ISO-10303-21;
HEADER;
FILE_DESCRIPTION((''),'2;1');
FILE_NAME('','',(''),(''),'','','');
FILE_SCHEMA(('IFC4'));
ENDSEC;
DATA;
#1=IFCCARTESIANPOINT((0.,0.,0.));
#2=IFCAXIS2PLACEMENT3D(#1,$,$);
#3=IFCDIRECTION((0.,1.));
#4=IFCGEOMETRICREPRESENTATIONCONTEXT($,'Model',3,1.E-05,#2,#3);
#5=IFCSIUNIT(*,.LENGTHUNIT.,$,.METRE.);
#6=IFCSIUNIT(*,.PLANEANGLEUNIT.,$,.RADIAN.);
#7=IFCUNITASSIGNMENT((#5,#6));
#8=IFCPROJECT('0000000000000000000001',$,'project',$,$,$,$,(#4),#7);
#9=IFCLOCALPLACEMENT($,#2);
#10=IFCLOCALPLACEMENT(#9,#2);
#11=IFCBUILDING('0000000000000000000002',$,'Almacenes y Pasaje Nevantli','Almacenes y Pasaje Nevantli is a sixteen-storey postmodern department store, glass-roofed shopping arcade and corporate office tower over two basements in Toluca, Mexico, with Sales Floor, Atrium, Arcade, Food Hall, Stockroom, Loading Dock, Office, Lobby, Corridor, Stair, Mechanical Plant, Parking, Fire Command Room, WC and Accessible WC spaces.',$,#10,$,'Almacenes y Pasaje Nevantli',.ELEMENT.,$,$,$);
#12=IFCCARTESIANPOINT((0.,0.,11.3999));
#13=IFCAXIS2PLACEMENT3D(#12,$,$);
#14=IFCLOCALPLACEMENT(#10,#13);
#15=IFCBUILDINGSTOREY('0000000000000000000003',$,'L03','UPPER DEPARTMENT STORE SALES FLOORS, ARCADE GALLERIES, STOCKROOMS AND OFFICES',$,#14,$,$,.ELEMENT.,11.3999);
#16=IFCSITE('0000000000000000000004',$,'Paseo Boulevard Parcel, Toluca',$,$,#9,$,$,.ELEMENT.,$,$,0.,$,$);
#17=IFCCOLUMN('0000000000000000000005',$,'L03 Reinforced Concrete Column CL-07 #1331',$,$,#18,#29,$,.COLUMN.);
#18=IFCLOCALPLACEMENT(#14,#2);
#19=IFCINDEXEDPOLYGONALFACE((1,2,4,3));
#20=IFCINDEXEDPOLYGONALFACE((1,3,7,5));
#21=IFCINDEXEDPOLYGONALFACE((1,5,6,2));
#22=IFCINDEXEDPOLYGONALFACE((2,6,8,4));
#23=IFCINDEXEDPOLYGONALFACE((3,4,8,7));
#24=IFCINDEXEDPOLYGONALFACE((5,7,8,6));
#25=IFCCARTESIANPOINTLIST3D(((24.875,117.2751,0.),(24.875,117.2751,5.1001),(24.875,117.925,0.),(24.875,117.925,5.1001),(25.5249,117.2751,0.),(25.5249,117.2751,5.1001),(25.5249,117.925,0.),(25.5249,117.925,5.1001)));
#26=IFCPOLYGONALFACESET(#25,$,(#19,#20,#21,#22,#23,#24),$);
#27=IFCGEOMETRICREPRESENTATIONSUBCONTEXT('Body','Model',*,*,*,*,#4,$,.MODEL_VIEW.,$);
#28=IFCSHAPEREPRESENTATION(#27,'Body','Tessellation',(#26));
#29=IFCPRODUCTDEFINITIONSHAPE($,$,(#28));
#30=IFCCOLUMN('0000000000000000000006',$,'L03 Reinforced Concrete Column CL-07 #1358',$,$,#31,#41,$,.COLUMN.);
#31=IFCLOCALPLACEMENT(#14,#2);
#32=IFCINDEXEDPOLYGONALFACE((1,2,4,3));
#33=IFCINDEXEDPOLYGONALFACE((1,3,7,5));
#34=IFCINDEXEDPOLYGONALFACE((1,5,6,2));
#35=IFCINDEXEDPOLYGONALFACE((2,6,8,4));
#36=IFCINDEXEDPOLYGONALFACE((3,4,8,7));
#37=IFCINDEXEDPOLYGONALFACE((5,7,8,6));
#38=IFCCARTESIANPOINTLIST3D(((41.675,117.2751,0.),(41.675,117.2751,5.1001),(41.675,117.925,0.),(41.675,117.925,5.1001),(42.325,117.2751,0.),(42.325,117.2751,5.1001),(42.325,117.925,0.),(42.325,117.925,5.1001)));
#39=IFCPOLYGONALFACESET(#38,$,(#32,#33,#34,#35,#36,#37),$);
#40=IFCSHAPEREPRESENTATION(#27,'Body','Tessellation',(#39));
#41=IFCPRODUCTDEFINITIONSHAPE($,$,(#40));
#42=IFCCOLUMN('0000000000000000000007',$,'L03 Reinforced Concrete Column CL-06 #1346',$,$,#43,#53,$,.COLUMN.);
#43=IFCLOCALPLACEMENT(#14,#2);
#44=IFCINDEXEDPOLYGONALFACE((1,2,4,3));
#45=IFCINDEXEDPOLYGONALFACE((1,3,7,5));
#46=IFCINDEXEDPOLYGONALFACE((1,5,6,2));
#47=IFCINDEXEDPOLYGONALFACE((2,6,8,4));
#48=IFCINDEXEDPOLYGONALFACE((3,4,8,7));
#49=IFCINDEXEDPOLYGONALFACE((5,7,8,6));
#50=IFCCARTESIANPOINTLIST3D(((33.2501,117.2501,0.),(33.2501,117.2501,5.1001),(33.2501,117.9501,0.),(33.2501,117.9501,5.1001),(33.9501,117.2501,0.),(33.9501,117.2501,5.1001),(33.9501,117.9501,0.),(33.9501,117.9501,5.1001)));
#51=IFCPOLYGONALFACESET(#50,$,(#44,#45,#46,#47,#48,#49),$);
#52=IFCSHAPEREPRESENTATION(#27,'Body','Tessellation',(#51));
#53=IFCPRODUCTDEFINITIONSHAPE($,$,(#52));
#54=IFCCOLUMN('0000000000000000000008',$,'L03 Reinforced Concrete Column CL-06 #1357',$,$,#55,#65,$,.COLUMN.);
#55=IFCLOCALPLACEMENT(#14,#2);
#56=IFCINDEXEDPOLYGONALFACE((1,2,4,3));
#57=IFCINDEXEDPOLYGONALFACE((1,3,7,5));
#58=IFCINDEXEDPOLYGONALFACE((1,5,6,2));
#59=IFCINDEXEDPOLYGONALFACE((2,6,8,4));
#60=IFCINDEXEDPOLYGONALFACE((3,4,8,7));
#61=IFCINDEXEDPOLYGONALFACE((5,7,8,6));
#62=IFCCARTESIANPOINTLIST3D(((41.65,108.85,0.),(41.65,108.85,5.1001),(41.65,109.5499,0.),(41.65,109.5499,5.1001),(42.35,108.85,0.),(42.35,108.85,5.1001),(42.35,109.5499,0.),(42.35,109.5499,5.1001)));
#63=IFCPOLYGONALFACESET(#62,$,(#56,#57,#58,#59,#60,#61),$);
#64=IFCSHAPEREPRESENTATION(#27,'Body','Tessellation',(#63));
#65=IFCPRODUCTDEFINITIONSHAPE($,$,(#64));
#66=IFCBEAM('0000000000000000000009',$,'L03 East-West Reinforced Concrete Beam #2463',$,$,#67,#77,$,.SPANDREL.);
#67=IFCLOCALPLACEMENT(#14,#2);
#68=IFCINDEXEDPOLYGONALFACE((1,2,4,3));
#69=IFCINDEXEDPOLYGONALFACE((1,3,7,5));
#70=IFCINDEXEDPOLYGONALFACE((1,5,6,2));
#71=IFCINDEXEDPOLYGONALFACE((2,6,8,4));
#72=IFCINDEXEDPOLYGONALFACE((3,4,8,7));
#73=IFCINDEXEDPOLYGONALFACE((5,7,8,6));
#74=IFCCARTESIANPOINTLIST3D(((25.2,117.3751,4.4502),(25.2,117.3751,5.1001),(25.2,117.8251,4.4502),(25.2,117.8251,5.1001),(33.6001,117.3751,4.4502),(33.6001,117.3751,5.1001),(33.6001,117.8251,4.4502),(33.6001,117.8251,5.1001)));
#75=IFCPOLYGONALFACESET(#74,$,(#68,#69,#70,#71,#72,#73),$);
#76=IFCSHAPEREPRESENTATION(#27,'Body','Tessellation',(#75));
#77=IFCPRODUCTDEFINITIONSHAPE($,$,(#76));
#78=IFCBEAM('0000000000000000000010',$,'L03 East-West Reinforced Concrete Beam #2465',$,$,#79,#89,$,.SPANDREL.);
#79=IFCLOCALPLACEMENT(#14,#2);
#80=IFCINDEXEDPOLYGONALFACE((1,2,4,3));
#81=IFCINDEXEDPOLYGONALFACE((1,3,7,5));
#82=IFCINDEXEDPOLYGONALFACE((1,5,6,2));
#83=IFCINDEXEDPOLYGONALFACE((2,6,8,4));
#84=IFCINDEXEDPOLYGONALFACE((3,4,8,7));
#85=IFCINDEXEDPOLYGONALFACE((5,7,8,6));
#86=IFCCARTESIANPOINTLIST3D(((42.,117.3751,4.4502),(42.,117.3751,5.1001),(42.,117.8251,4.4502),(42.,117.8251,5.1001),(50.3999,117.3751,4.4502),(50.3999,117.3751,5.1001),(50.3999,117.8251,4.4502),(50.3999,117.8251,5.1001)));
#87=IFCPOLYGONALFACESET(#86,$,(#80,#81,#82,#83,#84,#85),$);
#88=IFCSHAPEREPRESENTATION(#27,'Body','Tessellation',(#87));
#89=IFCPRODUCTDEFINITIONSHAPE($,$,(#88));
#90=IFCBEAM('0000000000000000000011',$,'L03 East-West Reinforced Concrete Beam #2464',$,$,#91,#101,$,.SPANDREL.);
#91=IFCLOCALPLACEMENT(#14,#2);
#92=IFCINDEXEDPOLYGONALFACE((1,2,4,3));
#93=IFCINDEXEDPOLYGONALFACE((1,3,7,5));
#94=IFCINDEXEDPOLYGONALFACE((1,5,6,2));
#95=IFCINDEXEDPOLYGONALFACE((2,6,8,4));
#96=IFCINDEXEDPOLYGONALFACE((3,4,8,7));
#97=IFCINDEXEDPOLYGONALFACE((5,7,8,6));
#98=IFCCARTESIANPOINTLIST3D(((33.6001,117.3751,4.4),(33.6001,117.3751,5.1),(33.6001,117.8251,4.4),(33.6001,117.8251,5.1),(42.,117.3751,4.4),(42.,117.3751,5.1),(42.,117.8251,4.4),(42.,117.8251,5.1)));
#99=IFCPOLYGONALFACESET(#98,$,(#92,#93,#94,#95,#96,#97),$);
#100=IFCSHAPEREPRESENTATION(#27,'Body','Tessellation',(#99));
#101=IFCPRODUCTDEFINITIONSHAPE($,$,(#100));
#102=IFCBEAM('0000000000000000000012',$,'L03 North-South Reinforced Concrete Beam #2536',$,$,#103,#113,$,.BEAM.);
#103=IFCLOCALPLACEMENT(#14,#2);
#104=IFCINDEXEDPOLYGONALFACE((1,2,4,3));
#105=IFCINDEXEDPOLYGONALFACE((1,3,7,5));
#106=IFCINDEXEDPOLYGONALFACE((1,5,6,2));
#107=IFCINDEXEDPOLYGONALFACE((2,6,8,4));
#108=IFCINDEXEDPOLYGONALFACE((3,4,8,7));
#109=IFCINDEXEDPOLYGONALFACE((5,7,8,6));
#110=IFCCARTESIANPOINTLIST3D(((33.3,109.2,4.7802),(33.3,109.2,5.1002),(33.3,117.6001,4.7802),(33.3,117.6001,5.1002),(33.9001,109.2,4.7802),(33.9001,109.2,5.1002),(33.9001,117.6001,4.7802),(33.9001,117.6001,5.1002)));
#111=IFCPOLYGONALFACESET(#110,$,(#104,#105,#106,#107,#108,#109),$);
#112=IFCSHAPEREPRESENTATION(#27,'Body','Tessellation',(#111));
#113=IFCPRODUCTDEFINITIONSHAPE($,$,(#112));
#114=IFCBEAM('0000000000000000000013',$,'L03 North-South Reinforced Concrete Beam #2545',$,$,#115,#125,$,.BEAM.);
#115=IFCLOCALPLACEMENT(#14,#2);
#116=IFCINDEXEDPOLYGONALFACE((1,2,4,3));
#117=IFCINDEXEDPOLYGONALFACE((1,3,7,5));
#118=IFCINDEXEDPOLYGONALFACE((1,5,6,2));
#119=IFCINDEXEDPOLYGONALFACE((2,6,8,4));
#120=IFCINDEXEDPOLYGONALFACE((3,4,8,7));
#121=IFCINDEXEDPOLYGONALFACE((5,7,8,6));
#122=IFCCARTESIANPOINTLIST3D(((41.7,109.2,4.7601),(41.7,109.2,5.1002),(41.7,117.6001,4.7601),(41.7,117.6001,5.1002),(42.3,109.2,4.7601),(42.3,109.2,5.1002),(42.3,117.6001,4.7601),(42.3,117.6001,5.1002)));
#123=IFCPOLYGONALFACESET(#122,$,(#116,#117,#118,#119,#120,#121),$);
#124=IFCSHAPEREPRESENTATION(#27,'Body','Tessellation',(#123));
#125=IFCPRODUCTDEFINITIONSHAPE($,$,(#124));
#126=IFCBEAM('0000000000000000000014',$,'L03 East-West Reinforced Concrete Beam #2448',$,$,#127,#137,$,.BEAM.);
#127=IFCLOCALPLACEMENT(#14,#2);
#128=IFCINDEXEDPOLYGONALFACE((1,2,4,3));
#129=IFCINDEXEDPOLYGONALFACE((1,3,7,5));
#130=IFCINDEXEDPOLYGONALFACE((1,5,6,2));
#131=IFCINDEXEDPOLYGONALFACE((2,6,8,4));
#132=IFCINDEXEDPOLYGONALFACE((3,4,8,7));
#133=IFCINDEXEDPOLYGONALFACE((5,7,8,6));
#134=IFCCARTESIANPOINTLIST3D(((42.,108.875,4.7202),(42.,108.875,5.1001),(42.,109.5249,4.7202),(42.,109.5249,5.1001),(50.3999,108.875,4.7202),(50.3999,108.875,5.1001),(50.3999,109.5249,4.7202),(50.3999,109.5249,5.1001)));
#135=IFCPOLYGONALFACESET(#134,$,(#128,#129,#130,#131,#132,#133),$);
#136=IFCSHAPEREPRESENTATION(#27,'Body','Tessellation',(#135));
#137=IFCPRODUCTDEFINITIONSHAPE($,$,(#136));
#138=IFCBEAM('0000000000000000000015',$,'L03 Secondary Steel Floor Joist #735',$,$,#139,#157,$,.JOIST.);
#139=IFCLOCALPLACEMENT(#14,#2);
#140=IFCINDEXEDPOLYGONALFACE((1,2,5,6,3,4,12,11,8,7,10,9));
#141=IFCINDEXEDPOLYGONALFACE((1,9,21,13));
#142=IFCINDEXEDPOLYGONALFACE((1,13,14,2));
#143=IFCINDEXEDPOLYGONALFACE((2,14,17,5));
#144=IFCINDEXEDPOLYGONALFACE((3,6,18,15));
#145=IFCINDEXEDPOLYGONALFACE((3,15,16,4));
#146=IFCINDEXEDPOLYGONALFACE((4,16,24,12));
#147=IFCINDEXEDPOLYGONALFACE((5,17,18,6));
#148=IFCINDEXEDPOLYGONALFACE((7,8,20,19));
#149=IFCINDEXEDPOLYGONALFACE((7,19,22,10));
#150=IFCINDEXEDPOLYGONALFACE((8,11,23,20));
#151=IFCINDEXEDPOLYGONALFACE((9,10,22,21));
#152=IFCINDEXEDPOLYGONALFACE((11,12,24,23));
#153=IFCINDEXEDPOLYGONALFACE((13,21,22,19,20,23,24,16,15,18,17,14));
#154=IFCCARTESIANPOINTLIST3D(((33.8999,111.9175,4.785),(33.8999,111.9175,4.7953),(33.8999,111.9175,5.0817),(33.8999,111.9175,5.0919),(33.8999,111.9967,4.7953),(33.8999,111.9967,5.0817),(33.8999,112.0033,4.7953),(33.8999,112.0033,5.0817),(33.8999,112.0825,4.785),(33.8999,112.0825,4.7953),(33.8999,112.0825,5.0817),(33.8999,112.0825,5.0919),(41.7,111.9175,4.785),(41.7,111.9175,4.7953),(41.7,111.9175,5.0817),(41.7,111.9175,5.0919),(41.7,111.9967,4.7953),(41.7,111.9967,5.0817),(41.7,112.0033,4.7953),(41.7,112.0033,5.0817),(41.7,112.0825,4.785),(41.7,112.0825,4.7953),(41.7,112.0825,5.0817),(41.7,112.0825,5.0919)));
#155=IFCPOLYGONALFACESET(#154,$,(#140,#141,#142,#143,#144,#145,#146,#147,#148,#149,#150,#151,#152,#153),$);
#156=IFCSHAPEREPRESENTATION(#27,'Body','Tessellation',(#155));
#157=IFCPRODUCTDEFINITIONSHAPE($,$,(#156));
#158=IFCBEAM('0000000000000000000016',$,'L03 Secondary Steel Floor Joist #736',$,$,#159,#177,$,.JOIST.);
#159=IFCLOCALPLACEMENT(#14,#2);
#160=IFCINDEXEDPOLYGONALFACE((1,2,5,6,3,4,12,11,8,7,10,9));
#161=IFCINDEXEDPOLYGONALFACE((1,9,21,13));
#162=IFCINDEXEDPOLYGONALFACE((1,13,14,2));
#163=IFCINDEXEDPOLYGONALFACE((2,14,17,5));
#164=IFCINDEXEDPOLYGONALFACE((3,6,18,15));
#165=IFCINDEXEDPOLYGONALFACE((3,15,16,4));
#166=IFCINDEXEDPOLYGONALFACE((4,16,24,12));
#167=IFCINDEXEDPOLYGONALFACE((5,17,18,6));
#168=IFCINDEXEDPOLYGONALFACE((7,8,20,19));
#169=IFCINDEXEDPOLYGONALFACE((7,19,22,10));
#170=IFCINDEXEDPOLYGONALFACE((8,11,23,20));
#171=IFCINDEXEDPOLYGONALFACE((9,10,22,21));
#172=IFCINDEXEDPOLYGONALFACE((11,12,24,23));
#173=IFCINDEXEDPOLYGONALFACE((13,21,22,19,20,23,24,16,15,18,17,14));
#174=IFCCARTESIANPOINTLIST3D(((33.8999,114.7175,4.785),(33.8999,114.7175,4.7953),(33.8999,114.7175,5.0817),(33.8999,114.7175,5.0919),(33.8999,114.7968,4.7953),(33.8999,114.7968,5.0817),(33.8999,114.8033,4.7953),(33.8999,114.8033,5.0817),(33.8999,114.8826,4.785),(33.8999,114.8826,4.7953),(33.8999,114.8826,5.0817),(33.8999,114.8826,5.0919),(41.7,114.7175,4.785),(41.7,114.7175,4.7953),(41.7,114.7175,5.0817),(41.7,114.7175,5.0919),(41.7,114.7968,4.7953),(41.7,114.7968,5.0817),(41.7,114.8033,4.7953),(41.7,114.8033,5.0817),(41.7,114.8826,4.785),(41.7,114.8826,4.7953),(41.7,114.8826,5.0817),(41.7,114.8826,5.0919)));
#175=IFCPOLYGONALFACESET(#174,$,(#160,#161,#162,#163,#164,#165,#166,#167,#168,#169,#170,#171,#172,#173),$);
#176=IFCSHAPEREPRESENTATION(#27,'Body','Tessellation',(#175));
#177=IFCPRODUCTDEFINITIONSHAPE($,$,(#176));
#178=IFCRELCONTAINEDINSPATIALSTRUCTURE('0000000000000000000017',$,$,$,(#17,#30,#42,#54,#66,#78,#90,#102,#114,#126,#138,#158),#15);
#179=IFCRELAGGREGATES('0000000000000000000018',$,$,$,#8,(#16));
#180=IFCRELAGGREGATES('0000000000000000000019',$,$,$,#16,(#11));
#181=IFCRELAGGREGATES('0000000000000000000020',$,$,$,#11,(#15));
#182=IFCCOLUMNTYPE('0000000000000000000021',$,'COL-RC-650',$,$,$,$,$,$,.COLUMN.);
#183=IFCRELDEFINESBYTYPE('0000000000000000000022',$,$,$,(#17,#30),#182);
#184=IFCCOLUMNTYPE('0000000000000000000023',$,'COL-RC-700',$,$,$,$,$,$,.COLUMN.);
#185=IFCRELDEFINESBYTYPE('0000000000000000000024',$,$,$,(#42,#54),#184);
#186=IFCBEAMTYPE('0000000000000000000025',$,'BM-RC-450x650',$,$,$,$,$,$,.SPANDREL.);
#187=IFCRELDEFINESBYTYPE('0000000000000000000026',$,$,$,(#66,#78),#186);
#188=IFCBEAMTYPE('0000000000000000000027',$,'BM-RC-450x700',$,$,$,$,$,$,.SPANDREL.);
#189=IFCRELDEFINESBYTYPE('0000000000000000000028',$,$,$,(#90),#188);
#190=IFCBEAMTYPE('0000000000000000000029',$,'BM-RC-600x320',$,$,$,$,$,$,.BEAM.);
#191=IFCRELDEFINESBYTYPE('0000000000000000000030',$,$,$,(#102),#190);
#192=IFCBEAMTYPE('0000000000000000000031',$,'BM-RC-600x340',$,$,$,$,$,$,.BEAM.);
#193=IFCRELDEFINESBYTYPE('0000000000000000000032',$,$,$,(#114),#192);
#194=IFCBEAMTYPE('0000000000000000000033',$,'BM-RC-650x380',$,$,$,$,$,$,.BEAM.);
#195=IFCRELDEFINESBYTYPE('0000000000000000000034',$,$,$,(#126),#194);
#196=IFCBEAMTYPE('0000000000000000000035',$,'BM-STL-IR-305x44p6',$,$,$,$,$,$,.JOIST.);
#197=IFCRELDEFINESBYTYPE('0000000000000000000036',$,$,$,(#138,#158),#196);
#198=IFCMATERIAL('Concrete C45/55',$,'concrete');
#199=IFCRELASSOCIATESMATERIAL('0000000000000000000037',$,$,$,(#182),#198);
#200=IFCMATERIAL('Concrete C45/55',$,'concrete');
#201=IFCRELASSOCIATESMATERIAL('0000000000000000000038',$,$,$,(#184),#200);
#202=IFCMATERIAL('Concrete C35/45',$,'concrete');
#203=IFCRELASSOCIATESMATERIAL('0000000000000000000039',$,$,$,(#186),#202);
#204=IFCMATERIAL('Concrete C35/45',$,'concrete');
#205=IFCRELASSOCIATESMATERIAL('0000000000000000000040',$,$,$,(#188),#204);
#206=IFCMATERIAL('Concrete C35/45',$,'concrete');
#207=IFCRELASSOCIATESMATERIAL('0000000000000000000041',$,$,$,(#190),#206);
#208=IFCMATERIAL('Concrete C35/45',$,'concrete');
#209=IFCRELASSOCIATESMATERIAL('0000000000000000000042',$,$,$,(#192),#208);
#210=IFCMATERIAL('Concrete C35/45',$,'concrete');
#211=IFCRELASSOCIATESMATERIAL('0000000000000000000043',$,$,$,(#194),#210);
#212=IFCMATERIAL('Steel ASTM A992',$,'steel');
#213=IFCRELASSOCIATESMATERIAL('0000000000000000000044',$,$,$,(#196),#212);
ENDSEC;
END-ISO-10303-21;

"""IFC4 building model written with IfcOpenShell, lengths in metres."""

from ifc_helpers import new_model, si_unit, direction, frame, origin, origin_2d, place, context, subcontext, project, spatial, rectangle, i_section, extrude, material, material_profile, profile_set, type_object, element, save


model = new_model("IFC4")

# Units and contexts
model_context = context("Model", 3, precision=1e-05, world=origin(), true_north=direction((0.0, 1.0)))
body_context = subcontext(model_context, "Body", "Model", "MODEL_VIEW")
ifc_project = project(units=[si_unit("LENGTHUNIT", "METRE"), si_unit("PLANEANGLEUNIT", "RADIAN")], contexts=[model_context])

# Site, building, storey
site_placement = place(None, origin())
site = spatial("IfcSite", under=ifc_project, at=site_placement, Name="Paseo Boulevard Parcel, Toluca", CompositionType="ELEMENT", RefElevation=0.0)
building_placement = place(site_placement, origin())
building = spatial("IfcBuilding", under=site, at=building_placement, Name="Almacenes y Pasaje Nevantli", Description="Almacenes y Pasaje Nevantli is a sixteen-storey postmodern department store, glass-roofed shopping arcade and corporate office tower over two basements in Toluca, Mexico, with Sales Floor, Atrium, Arcade, Food Hall, Stockroom, Loading Dock, Office, Lobby, Corridor, Stair, Mechanical Plant, Parking, Fire Command Room, WC and Accessible WC spaces.", LongName="Almacenes y Pasaje Nevantli", CompositionType="ELEMENT")
storey_placement = place(building_placement, frame((0.0, 0.0, 11.3999)))
storey = spatial("IfcBuildingStorey", under=building, at=storey_placement, Name="L03", Description="UPPER DEPARTMENT STORE SALES FLOORS, ARCADE GALLERIES, STOCKROOMS AND OFFICES", CompositionType="ELEMENT", Elevation=11.3999)

# Columns
ifc_material_1 = material(Name="Concrete C45/55", Category="concrete")
ifc_material_profile_1 = material_profile(ifc_material_1, rectangle(XDim=0.6499, YDim=0.6499, at=origin_2d()), Name="RC-COL-650x650")
ifc_profile_set_1 = profile_set([ifc_material_profile_1], Name="Concrete C45/55")
column_type_1 = type_object("IfcColumnType", Name="COL-RC-650", PredefinedType="COLUMN", material=ifc_profile_set_1)
for number, where, z_axis, x_axis, name in (
    (1, (25.2, 117.6001, 0.0), (0.0, 0.0, 1.0), (1.0, 0.0, 0.0), "L03 Reinforced Concrete Column CL-07 #1331"),
    (2, (42.0, 117.6001, 0.0), (0.0, 0.0, 1.0), (1.0, 0.0, 0.0), "L03 Reinforced Concrete Column CL-07 #1358"),
):
    element("IfcColumn", number, at=place(storey_placement, frame(where, z_axis=z_axis, x_axis=x_axis)), inside=storey, type_object=column_type_1, Name=name, PredefinedType="COLUMN", context=body_context, shape_type="SweptSolid", body=[
        extrude(rectangle(XDim=0.6499, YDim=0.6499, at=origin_2d()), origin(), (0.0, 0.0, 1.0), 5.1001),
    ])
ifc_material_2 = material(Name="Concrete C45/55", Category="concrete")
ifc_material_profile_2 = material_profile(ifc_material_2, rectangle(XDim=0.7, YDim=0.7, at=origin_2d()), Name="RC-COL-700x700")
ifc_profile_set_2 = profile_set([ifc_material_profile_2], Name="Concrete C45/55")
column_type_2 = type_object("IfcColumnType", Name="COL-RC-700", PredefinedType="COLUMN", material=ifc_profile_set_2)
for number, where, z_axis, x_axis, name in (
    (3, (33.6001, 117.6001, 0.0), (0.0, 0.0, 1.0), (1.0, 0.0, 0.0), "L03 Reinforced Concrete Column CL-06 #1346"),
    (4, (42.0, 109.2, 0.0), (0.0, 0.0, 1.0), (1.0, 0.0, 0.0), "L03 Reinforced Concrete Column CL-06 #1357"),
):
    element("IfcColumn", number, at=place(storey_placement, frame(where, z_axis=z_axis, x_axis=x_axis)), inside=storey, type_object=column_type_2, Name=name, PredefinedType="COLUMN", context=body_context, shape_type="SweptSolid", body=[
        extrude(rectangle(XDim=0.7, YDim=0.7, at=origin_2d()), origin(), (0.0, 0.0, 1.0), 5.1001),
    ])

# Beams
ifc_material_3 = material(Name="Concrete C35/45", Category="concrete")
ifc_material_profile_3 = material_profile(ifc_material_3, rectangle(XDim=0.45, YDim=0.6499, at=origin_2d()), Name="RC-BM-450x650")
ifc_profile_set_3 = profile_set([ifc_material_profile_3], Name="Concrete C35/45")
beam_type_1 = type_object("IfcBeamType", Name="BM-RC-450x650", PredefinedType="SPANDREL", material=ifc_profile_set_3)
beam_1_placement = place(storey_placement, frame((25.2, 117.6001, 4.7751), z_axis=(1.0, 0.0, 0.0), x_axis=(0.0, 1.0, 0.0)))
element("IfcBeam", 5, at=beam_1_placement, inside=storey, type_object=beam_type_1, Name="L03 East-West Reinforced Concrete Beam #2463", PredefinedType="SPANDREL", context=body_context, shape_type="SweptSolid", body=[
    extrude(rectangle(XDim=0.45, YDim=0.6499, at=origin_2d()), origin(), (0.0, 0.0, 1.0), 8.4001),
])
beam_2_placement = place(storey_placement, frame((42.0, 117.6001, 4.7751), z_axis=(1.0, 0.0, 0.0), x_axis=(0.0, 1.0, 0.0)))
element("IfcBeam", 6, at=beam_2_placement, inside=storey, type_object=beam_type_1, Name="L03 East-West Reinforced Concrete Beam #2465", PredefinedType="SPANDREL", context=body_context, shape_type="SweptSolid", body=[
    extrude(rectangle(XDim=0.45, YDim=0.6499, at=origin_2d()), origin(), (0.0, 0.0, 1.0), 8.3999),
])
ifc_material_4 = material(Name="Concrete C35/45", Category="concrete")
ifc_material_profile_4 = material_profile(ifc_material_4, rectangle(XDim=0.45, YDim=0.7, at=origin_2d()), Name="RC-BM-450x700")
ifc_profile_set_4 = profile_set([ifc_material_profile_4], Name="Concrete C35/45")
beam_type_2 = type_object("IfcBeamType", Name="BM-RC-450x700", PredefinedType="SPANDREL", material=ifc_profile_set_4)
beam_3_placement = place(storey_placement, frame((33.6001, 117.6001, 4.75), z_axis=(1.0, 0.0, 0.0), x_axis=(0.0, 1.0, 0.0)))
element("IfcBeam", 7, at=beam_3_placement, inside=storey, type_object=beam_type_2, Name="L03 East-West Reinforced Concrete Beam #2464", PredefinedType="SPANDREL", context=body_context, shape_type="SweptSolid", body=[
    extrude(rectangle(XDim=0.45, YDim=0.7, at=origin_2d()), origin(), (0.0, 0.0, 1.0), 8.3999),
])
ifc_material_5 = material(Name="Concrete C35/45", Category="concrete")
ifc_material_profile_5 = material_profile(ifc_material_5, rectangle(XDim=0.6001, YDim=0.3201, at=origin_2d()), Name="RC-BM-600x320")
ifc_profile_set_5 = profile_set([ifc_material_profile_5], Name="Concrete C35/45")
beam_type_3 = type_object("IfcBeamType", Name="BM-RC-600x320", PredefinedType="BEAM", material=ifc_profile_set_5)
beam_4_placement = place(storey_placement, frame((33.6001, 109.2, 4.9402), z_axis=(0.0, 1.0, 0.0), x_axis=(-1.0, 0.0, 0.0)))
element("IfcBeam", 8, at=beam_4_placement, inside=storey, type_object=beam_type_3, Name="L03 North-South Reinforced Concrete Beam #2536", PredefinedType="BEAM", context=body_context, shape_type="SweptSolid", body=[
    extrude(rectangle(XDim=0.6001, YDim=0.3201, at=origin_2d()), origin(), (0.0, 0.0, 1.0), 8.4001),
])
ifc_material_6 = material(Name="Concrete C35/45", Category="concrete")
ifc_material_profile_6 = material_profile(ifc_material_6, rectangle(XDim=0.6001, YDim=0.3401, at=origin_2d()), Name="RC-BM-600x340")
ifc_profile_set_6 = profile_set([ifc_material_profile_6], Name="Concrete C35/45")
beam_type_4 = type_object("IfcBeamType", Name="BM-RC-600x340", PredefinedType="BEAM", material=ifc_profile_set_6)
beam_5_placement = place(storey_placement, frame((42.0, 109.2, 4.9302), z_axis=(0.0, 1.0, 0.0), x_axis=(-1.0, 0.0, 0.0)))
element("IfcBeam", 9, at=beam_5_placement, inside=storey, type_object=beam_type_4, Name="L03 North-South Reinforced Concrete Beam #2545", PredefinedType="BEAM", context=body_context, shape_type="SweptSolid", body=[
    extrude(rectangle(XDim=0.6001, YDim=0.3401, at=origin_2d()), origin(), (0.0, 0.0, 1.0), 8.4001),
])
ifc_material_7 = material(Name="Concrete C35/45", Category="concrete")
ifc_material_profile_7 = material_profile(ifc_material_7, rectangle(XDim=0.6499, YDim=0.3799, at=origin_2d()), Name="RC-BM-650x380")
ifc_profile_set_7 = profile_set([ifc_material_profile_7], Name="Concrete C35/45")
beam_type_5 = type_object("IfcBeamType", Name="BM-RC-650x380", PredefinedType="BEAM", material=ifc_profile_set_7)
beam_6_placement = place(storey_placement, frame((42.0, 109.2, 4.9102), z_axis=(1.0, 0.0, 0.0), x_axis=(0.0, 1.0, 0.0)))
element("IfcBeam", 10, at=beam_6_placement, inside=storey, type_object=beam_type_5, Name="L03 East-West Reinforced Concrete Beam #2448", PredefinedType="BEAM", context=body_context, shape_type="SweptSolid", body=[
    extrude(rectangle(XDim=0.6499, YDim=0.3799, at=origin_2d()), origin(), (0.0, 0.0, 1.0), 8.3999),
])
ifc_material_8 = material(Name="Steel ASTM A992", Category="steel")
ifc_material_profile_8 = material_profile(ifc_material_8, i_section(OverallWidth=0.165, OverallDepth=0.3069, WebThickness=0.0066, FlangeThickness=0.0103, at=origin_2d()), Name="IR 305x44.6")
ifc_profile_set_8 = profile_set([ifc_material_profile_8], Name="Steel ASTM A992")
beam_type_6 = type_object("IfcBeamType", Name="BM-STL-IR-305x44p6", PredefinedType="JOIST", material=ifc_profile_set_8)
for number, where, z_axis, x_axis, name in (
    (11, (33.8999, 112.0, 4.9385), (1.0, 0.0, 0.0), (0.0, 1.0, 0.0), "L03 Secondary Steel Floor Joist #735"),
    (12, (33.8999, 114.8, 4.9385), (1.0, 0.0, 0.0), (0.0, 1.0, 0.0), "L03 Secondary Steel Floor Joist #736"),
):
    element("IfcBeam", number, at=place(storey_placement, frame(where, z_axis=z_axis, x_axis=x_axis)), inside=storey, type_object=beam_type_6, Name=name, PredefinedType="JOIST", context=body_context, shape_type="SweptSolid", body=[
        extrude(i_section(OverallWidth=0.165, OverallDepth=0.3069, WebThickness=0.0066, FlangeThickness=0.0103, at=origin_2d()), origin(), (0.0, 0.0, 1.0), 7.8),
    ])

save(model, "model.ifc")
